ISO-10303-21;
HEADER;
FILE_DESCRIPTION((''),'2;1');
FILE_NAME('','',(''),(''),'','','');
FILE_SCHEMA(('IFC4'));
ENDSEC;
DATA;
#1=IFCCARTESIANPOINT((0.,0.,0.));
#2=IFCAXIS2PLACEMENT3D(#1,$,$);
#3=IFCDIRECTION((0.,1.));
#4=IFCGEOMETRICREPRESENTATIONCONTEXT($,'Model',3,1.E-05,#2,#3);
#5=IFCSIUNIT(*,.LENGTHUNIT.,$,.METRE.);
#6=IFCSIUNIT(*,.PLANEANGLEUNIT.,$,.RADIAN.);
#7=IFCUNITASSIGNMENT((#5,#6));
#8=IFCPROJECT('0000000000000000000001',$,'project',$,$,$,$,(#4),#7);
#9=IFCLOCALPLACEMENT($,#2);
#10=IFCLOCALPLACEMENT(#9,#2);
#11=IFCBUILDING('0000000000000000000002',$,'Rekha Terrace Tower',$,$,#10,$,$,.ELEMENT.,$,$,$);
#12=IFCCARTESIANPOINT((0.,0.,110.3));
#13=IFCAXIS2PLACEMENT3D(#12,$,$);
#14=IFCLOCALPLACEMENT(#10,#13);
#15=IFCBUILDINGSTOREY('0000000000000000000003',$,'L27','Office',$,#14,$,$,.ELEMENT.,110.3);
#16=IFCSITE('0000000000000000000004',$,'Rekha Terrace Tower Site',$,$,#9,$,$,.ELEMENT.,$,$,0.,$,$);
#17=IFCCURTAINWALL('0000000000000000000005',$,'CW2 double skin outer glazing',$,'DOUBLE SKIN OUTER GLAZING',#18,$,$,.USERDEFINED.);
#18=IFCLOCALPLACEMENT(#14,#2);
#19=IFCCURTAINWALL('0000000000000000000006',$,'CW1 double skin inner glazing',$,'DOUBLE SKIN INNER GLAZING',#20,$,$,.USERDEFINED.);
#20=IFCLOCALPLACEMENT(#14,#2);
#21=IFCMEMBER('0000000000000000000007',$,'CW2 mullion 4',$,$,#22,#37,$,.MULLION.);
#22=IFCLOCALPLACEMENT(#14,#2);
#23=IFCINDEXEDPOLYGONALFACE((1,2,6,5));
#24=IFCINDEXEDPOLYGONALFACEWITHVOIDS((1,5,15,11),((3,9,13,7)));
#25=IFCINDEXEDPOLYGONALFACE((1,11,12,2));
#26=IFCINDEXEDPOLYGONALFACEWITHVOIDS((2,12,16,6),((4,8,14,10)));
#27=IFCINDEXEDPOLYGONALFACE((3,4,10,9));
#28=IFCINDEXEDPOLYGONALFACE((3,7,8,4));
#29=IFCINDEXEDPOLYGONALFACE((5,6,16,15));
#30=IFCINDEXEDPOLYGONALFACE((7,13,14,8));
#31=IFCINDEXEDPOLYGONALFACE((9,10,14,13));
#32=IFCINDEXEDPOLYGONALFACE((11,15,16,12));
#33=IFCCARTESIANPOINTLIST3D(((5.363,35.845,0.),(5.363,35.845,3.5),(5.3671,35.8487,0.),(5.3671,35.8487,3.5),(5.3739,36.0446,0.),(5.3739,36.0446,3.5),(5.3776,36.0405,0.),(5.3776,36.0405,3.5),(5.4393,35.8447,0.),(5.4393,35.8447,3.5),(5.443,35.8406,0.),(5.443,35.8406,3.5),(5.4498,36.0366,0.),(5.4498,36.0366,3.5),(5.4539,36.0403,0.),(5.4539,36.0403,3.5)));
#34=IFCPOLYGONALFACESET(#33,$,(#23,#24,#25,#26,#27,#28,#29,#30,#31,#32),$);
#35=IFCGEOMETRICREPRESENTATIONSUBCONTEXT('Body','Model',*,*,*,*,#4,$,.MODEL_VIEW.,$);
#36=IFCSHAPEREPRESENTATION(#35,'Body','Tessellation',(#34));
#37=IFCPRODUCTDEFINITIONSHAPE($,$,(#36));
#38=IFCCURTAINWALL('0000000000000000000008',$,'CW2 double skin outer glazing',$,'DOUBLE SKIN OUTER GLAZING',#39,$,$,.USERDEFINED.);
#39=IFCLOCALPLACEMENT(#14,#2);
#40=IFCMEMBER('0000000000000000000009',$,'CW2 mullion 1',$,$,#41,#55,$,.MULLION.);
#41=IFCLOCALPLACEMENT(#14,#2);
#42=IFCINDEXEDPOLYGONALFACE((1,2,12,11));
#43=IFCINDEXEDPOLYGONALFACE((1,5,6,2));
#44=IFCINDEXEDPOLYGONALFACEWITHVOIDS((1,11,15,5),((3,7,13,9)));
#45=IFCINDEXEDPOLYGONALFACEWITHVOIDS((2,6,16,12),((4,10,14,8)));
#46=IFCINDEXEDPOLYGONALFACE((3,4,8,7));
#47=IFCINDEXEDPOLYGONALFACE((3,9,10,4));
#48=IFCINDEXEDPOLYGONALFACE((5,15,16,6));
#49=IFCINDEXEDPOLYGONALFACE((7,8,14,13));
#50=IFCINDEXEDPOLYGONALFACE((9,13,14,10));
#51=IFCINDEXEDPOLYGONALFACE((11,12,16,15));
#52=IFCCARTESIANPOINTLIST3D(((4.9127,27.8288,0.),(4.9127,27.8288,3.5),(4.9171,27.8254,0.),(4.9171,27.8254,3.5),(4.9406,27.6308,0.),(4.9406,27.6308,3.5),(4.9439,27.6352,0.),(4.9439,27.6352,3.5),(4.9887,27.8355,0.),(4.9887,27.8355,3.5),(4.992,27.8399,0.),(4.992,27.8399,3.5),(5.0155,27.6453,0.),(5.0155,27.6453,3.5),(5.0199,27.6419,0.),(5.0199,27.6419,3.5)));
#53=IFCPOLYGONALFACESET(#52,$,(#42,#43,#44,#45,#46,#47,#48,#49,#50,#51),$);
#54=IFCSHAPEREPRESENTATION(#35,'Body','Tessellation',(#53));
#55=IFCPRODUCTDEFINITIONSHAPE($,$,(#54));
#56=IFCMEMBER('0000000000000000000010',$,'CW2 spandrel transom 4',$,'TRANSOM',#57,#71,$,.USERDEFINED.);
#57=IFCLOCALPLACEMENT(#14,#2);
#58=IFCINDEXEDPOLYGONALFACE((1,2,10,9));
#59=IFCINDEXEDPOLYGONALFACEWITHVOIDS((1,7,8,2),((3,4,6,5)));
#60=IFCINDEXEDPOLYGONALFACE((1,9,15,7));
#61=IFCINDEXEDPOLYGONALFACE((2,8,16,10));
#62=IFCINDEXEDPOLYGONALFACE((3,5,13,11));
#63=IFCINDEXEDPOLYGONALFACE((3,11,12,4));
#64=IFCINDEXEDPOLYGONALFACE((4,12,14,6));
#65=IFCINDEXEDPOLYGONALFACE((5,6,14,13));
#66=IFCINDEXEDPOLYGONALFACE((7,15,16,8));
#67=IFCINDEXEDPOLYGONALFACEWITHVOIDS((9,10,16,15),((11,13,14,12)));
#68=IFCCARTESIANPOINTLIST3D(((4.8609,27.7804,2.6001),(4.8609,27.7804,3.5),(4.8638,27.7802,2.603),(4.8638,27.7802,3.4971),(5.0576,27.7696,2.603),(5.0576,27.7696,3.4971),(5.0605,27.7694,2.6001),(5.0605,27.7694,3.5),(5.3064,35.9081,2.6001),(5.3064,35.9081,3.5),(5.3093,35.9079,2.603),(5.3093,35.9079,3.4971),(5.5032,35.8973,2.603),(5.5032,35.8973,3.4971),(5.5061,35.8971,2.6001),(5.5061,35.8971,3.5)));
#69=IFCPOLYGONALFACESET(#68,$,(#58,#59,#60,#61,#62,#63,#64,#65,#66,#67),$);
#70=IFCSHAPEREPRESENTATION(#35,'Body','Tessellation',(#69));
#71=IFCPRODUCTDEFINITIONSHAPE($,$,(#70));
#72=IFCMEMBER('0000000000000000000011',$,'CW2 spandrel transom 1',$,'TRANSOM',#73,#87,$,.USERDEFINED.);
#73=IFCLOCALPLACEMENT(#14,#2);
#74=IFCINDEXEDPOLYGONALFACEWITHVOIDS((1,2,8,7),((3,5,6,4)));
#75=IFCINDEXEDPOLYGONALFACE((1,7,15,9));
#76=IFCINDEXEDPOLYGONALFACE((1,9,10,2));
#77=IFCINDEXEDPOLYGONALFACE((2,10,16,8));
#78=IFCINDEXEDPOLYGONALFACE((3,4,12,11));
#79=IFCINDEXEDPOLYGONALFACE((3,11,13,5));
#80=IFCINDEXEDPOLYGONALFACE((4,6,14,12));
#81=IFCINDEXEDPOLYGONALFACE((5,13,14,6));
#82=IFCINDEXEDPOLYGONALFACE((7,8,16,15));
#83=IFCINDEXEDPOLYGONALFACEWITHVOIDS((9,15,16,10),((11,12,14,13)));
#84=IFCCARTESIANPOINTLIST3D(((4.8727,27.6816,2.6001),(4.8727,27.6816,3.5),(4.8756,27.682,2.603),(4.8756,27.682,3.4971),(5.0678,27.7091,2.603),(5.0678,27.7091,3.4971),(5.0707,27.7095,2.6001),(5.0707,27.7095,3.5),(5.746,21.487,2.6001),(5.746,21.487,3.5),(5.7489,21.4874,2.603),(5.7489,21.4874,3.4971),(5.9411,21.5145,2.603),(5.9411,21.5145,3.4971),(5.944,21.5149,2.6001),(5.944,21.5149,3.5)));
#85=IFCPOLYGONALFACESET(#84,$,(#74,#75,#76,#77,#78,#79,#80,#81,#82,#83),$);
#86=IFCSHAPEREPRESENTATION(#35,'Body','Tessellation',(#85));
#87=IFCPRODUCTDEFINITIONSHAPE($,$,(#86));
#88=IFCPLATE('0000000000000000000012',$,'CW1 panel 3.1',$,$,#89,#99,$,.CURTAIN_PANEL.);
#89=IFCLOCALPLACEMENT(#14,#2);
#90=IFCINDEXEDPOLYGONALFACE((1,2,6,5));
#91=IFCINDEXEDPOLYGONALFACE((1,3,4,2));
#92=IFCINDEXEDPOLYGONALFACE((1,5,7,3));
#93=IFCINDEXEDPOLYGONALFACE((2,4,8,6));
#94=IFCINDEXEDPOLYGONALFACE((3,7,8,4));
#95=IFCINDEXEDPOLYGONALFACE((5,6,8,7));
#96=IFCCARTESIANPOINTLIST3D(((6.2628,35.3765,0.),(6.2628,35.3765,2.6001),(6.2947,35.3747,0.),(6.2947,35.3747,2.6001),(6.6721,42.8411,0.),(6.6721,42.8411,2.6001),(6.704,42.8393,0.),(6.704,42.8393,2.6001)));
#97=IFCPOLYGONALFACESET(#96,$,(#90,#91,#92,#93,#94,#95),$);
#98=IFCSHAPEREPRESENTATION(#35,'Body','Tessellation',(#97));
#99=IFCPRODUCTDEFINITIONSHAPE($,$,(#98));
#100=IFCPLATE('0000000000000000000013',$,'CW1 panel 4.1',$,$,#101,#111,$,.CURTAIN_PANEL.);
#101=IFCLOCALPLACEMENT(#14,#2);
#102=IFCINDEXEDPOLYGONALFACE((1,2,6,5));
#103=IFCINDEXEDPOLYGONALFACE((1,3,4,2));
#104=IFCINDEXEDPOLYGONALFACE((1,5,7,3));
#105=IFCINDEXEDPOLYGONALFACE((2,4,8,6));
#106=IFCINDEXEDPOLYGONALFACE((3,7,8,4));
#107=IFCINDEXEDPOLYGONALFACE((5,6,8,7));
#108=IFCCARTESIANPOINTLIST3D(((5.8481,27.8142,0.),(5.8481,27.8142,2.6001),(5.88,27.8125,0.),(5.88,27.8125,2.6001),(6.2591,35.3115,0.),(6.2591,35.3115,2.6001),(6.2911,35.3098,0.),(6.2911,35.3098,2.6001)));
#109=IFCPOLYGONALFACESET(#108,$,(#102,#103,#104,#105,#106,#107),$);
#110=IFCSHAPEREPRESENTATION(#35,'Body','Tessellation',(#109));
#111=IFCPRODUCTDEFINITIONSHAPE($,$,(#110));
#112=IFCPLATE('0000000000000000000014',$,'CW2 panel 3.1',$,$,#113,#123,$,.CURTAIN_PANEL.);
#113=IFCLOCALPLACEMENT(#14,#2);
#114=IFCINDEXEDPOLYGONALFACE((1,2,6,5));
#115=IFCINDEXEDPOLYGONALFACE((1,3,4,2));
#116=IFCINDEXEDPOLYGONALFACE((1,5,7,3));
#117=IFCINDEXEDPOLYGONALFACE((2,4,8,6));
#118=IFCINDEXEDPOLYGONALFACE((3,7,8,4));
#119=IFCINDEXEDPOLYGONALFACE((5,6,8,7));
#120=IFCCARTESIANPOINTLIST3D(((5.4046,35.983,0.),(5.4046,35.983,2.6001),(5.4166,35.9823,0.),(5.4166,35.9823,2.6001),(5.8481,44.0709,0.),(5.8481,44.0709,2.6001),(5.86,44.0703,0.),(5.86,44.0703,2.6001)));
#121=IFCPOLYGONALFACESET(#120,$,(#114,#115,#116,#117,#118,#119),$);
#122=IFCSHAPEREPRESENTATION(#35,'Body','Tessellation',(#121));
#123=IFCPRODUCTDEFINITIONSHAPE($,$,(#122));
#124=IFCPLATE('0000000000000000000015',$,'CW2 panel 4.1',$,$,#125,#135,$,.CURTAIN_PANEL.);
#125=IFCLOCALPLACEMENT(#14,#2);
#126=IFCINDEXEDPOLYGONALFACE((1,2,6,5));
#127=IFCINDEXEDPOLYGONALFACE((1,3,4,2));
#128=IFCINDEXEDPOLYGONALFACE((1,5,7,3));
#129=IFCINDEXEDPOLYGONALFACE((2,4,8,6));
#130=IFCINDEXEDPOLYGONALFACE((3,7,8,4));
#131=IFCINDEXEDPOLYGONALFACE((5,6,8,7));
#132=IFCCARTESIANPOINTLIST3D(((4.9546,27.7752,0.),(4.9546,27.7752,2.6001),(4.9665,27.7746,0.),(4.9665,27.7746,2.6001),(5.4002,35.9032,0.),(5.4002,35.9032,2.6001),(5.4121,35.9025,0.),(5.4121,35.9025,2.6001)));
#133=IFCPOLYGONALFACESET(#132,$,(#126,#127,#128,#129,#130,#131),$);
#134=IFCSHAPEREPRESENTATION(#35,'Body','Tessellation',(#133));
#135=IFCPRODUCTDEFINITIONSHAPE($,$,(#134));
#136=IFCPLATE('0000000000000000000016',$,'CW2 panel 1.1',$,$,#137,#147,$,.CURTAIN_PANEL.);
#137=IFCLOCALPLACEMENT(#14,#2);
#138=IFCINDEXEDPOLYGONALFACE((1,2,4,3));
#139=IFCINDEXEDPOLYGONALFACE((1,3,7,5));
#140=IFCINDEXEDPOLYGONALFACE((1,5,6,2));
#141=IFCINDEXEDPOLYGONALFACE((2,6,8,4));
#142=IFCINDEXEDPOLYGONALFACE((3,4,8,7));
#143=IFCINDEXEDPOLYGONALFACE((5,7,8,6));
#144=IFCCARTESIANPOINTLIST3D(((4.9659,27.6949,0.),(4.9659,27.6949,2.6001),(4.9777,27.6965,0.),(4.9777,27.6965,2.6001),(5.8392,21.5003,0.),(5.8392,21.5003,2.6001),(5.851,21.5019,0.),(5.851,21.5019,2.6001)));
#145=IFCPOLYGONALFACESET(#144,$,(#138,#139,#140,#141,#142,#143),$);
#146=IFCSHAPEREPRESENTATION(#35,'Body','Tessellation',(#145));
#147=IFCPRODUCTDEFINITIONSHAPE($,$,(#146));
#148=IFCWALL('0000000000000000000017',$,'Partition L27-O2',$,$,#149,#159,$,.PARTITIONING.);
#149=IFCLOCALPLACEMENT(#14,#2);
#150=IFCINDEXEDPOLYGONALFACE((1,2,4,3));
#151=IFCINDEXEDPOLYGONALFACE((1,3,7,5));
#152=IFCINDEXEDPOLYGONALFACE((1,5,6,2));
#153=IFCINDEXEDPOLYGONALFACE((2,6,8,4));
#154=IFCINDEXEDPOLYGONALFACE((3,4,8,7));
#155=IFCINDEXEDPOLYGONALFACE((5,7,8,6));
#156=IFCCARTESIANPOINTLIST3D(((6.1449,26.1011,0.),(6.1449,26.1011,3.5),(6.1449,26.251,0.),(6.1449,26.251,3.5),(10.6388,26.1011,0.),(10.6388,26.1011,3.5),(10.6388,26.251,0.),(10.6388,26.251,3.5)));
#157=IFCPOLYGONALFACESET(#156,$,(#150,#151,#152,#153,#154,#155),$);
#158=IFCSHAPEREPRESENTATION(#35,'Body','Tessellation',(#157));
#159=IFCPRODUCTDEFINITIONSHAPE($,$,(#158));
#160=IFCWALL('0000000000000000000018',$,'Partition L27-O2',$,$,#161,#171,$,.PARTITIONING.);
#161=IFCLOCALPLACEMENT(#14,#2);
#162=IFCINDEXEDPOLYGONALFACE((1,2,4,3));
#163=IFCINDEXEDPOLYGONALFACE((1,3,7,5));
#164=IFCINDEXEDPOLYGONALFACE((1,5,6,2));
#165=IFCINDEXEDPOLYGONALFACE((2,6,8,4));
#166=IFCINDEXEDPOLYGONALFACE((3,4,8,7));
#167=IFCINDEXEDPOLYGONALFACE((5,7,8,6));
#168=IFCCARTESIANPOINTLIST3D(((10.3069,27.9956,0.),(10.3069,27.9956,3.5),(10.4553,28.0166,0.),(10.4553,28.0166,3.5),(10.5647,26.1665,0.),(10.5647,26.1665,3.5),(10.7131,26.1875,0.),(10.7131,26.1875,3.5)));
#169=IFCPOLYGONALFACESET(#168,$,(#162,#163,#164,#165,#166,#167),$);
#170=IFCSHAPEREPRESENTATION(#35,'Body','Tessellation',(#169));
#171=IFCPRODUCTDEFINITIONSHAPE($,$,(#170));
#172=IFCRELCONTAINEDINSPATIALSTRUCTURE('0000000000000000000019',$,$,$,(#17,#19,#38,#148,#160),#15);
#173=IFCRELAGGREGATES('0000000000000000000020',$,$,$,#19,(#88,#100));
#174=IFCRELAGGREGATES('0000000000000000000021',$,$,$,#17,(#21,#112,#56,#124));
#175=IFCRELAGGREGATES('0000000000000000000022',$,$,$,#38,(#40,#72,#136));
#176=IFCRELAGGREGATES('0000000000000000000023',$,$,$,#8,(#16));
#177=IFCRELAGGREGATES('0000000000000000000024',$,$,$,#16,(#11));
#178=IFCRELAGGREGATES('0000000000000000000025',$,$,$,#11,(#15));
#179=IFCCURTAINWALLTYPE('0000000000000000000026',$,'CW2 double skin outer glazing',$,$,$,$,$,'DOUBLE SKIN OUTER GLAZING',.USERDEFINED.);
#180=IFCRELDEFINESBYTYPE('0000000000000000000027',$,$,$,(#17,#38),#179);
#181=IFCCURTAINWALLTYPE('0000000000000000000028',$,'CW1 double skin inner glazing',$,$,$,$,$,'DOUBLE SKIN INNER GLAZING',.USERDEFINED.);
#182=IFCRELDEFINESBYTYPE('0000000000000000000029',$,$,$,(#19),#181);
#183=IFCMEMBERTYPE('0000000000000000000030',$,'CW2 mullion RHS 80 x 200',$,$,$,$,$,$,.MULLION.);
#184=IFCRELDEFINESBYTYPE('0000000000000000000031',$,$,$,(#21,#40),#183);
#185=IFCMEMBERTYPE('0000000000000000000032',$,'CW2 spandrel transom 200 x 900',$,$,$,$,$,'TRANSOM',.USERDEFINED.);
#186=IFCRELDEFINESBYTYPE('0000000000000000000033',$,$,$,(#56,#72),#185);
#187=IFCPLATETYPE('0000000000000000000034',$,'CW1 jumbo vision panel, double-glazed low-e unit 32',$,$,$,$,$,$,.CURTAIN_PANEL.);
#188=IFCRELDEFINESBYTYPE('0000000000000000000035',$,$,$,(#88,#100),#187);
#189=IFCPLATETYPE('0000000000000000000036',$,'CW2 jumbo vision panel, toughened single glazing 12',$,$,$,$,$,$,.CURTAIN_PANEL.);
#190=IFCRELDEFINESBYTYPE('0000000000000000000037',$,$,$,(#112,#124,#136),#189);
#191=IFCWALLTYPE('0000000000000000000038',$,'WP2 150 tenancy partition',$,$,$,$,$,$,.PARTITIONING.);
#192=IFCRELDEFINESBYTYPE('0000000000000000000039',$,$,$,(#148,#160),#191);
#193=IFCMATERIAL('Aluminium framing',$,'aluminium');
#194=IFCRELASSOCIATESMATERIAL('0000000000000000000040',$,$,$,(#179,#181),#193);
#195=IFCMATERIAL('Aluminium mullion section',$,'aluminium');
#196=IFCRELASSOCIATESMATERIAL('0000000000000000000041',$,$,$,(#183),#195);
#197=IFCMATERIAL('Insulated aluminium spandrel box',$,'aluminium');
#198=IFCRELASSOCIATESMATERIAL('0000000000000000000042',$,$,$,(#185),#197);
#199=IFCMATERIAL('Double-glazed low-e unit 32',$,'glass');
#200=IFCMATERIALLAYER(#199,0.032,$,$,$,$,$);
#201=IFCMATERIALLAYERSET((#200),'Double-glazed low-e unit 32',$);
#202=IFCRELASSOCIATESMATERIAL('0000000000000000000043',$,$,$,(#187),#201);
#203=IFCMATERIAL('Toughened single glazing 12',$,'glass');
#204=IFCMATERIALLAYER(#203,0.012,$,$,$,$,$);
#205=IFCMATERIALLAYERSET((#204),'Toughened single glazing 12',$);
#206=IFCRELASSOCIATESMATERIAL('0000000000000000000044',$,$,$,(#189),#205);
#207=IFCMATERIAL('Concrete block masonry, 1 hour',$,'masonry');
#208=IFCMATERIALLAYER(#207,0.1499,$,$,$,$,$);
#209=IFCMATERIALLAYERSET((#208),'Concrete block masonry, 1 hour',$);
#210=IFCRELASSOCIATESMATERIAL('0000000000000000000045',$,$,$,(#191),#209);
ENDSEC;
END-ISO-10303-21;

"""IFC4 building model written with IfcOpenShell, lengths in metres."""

from ifc_helpers import new_model, si_unit, direction, frame, frame_2d, origin, origin_2d, place, context, subcontext, project, spatial, rectangle, hollow_rectangle, extrude, material, layer, layer_set, material_profile, profile_set, type_object, element, aggregate, save


model = new_model("IFC4")

# Units and contexts
model_context = context("Model", 3, precision=1e-05, world=origin(), true_north=direction((0.0, 1.0)))
body_context = subcontext(model_context, "Body", "Model", "MODEL_VIEW")
ifc_project = project(units=[si_unit("LENGTHUNIT", "METRE"), si_unit("PLANEANGLEUNIT", "RADIAN")], contexts=[model_context])

# Site, building, storey
site_placement = place(None, origin())
site = spatial("IfcSite", under=ifc_project, at=site_placement, Name="Rekha Terrace Tower Site", CompositionType="ELEMENT", RefElevation=0.0)
building_placement = place(site_placement, origin())
building = spatial("IfcBuilding", under=site, at=building_placement, Name="Rekha Terrace Tower", CompositionType="ELEMENT")
storey_placement = place(building_placement, frame((0.0, 0.0, 110.3)))
storey = spatial("IfcBuildingStorey", under=building, at=storey_placement, Name="L27", Description="Office", CompositionType="ELEMENT", Elevation=110.3)

# Curtain walls
ifc_material_1 = material(Name="Aluminium framing", Category="aluminium")
curtain_wall_type_1 = type_object("IfcCurtainWallType", Name="CW2 double skin outer glazing", ElementType="DOUBLE SKIN OUTER GLAZING", PredefinedType="USERDEFINED", material=ifc_material_1)
curtain_wall_1_placement = place(storey_placement, origin())
curtain_wall_1 = element("IfcCurtainWall", 1, at=curtain_wall_1_placement, inside=storey, type_object=curtain_wall_type_1, Name="CW2 double skin outer glazing", ObjectType="DOUBLE SKIN OUTER GLAZING", PredefinedType="USERDEFINED")
curtain_wall_type_2 = type_object("IfcCurtainWallType", Name="CW1 double skin inner glazing", ElementType="DOUBLE SKIN INNER GLAZING", PredefinedType="USERDEFINED", material=ifc_material_1)
curtain_wall_2_placement = place(storey_placement, origin())
curtain_wall_2 = element("IfcCurtainWall", 2, at=curtain_wall_2_placement, inside=storey, type_object=curtain_wall_type_2, Name="CW1 double skin inner glazing", ObjectType="DOUBLE SKIN INNER GLAZING", PredefinedType="USERDEFINED")
ifc_material_2 = material(Name="Aluminium mullion section", Category="aluminium")

# Member
ifc_material_3 = material(Name="Insulated aluminium spandrel box", Category="aluminium")
ifc_material_profile_1 = material_profile(ifc_material_2, hollow_rectangle(XDim=0.0801, YDim=0.2, WallThickness=0.0039, at=origin_2d()), Name="AL RHS 80x200")
ifc_profile_set_1 = profile_set([ifc_material_profile_1], Name="Aluminium mullion section")
member_type_1 = type_object("IfcMemberType", Name="CW2 mullion RHS 80 x 200", PredefinedType="MULLION", material=ifc_profile_set_1)
member_1_placement = place(storey_placement, frame((5.4084, 35.9426, 0.0), z_axis=(0.0, 0.0, 1.0), x_axis=(0.998501, -0.054742, 0.0)))
member_1 = element("IfcMember", 3, at=member_1_placement, type_object=member_type_1, Name="CW2 mullion 4", PredefinedType="MULLION", context=body_context, shape_type="SweptSolid", body=[
    extrude(hollow_rectangle(XDim=0.0801, YDim=0.2, WallThickness=0.0039, at=origin_2d()), origin(), (0.0, 0.0, 1.0), 3.5),
])

# Curtain wall, member
curtain_wall_3_placement = place(storey_placement, origin())
curtain_wall_3 = element("IfcCurtainWall", 4, at=curtain_wall_3_placement, inside=storey, type_object=curtain_wall_type_1, Name="CW2 double skin outer glazing", ObjectType="DOUBLE SKIN OUTER GLAZING", PredefinedType="USERDEFINED")
member_2_placement = place(storey_placement, frame((4.9663, 27.7354, 0.0), z_axis=(0.0, 0.0, 1.0), x_axis=(0.990208, 0.139597, 0.0)))
member_2 = element("IfcMember", 5, at=member_2_placement, type_object=member_type_1, Name="CW2 mullion 1", PredefinedType="MULLION", context=body_context, shape_type="SweptSolid", body=[
    extrude(hollow_rectangle(XDim=0.0801, YDim=0.2, WallThickness=0.0039, at=origin_2d()), origin(), (0.0, 0.0, 1.0), 3.5),
])

# Members
ifc_material_profile_2 = material_profile(ifc_material_3, hollow_rectangle(XDim=0.2, YDim=0.8999, WallThickness=0.0029, at=origin_2d()), Name="AL SPANDREL BOX 200x900")
ifc_profile_set_2 = profile_set([ifc_material_profile_2], Name="Insulated aluminium spandrel box")
member_type_2 = type_object("IfcMemberType", Name="CW2 spandrel transom 200 x 900", ElementType="TRANSOM", PredefinedType="USERDEFINED", material=ifc_profile_set_2)
member_3_placement = place(storey_placement, frame((5.4062, 35.9026, 3.05), z_axis=(-0.054737, -0.998501, 0.0), x_axis=(0.998501, -0.054737, 0.0)))
member_3 = element("IfcMember", 6, at=member_3_placement, type_object=member_type_2, Name="CW2 spandrel transom 4", ObjectType="TRANSOM", PredefinedType="USERDEFINED", context=body_context, shape_type="SweptSolid", body=[
    extrude(hollow_rectangle(XDim=0.2, YDim=0.8999, WallThickness=0.0029, at=origin_2d()), origin(), (0.0, 0.0, 1.0), 8.1399),
])
member_4_placement = place(storey_placement, frame((4.9717, 27.6956, 3.05), z_axis=(0.139596, -0.990209, 0.0), x_axis=(0.990209, 0.139596, 0.0)))
member_4 = element("IfcMember", 7, at=member_4_placement, type_object=member_type_2, Name="CW2 spandrel transom 1", ObjectType="TRANSOM", PredefinedType="USERDEFINED", context=body_context, shape_type="SweptSolid", body=[
    extrude(hollow_rectangle(XDim=0.2, YDim=0.8999, WallThickness=0.0029, at=origin_2d()), origin(), (0.0, 0.0, 1.0), 6.2559),
])

# Plates
ifc_material_4 = material(Name="Double-glazed low-e unit 32", Category="glass")
ifc_layer_1 = layer(ifc_material_4, 0.032)
ifc_layer_set_1 = layer_set([ifc_layer_1], Name="Double-glazed low-e unit 32")
plate_type_1 = type_object("IfcPlateType", Name="CW1 jumbo vision panel, double-glazed low-e unit 32", PredefinedType="CURTAIN_PANEL", material=ifc_layer_set_1)
plate_1_placement = place(storey_placement, frame((6.4834, 39.1079, 0.0), z_axis=(0.0, 0.0, 1.0), x_axis=(-0.054742, -0.998501, 0.0)))
plate_1 = element("IfcPlate", 8, at=plate_1_placement, type_object=plate_type_1, Name="CW1 panel 3.1", PredefinedType="CURTAIN_PANEL", context=body_context, shape_type="SweptSolid", body=[
    extrude(rectangle(XDim=7.4758, YDim=0.032, at=origin_2d()), origin(), (0.0, 0.0, 1.0), 2.6001),
])
plate_2_placement = place(storey_placement, frame((6.0696, 31.562, 0.0), z_axis=(0.0, 0.0, 1.0), x_axis=(-0.054742, -0.998501, 0.0)))
plate_2 = element("IfcPlate", 9, at=plate_2_placement, type_object=plate_type_1, Name="CW1 panel 4.1", PredefinedType="CURTAIN_PANEL", context=body_context, shape_type="SweptSolid", body=[
    extrude(rectangle(XDim=7.5085, YDim=0.032, at=origin_2d()), origin(), (0.0, 0.0, 1.0), 2.6001),
])
aggregate(curtain_wall_2, [plate_1, plate_2])
ifc_material_5 = material(Name="Toughened single glazing 12", Category="glass")
ifc_layer_2 = layer(ifc_material_5, 0.012)
ifc_layer_set_2 = layer_set([ifc_layer_2], Name="Toughened single glazing 12")
plate_type_2 = type_object("IfcPlateType", Name="CW2 jumbo vision panel, toughened single glazing 12", PredefinedType="CURTAIN_PANEL", material=ifc_layer_set_2)
plate_3_placement = place(storey_placement, frame((5.6323, 40.0266, 0.0), z_axis=(0.0, 0.0, 1.0), x_axis=(-0.054742, -0.998501, 0.0)))
plate_3 = element("IfcPlate", 10, at=plate_3_placement, type_object=plate_type_2, Name="CW2 panel 3.1", PredefinedType="CURTAIN_PANEL", context=body_context, shape_type="SweptSolid", body=[
    extrude(rectangle(XDim=8.1001, YDim=0.012, at=origin_2d()), origin(), (0.0, 0.0, 1.0), 2.6001),
])
plate_4_placement = place(storey_placement, frame((5.1833, 31.8389, 0.0), z_axis=(0.0, 0.0, 1.0), x_axis=(-0.054742, -0.998501, 0.0)))
plate_4 = element("IfcPlate", 11, at=plate_4_placement, type_object=plate_type_2, Name="CW2 panel 4.1", PredefinedType="CURTAIN_PANEL", context=body_context, shape_type="SweptSolid", body=[
    extrude(rectangle(XDim=8.1401, YDim=0.012, at=origin_2d()), origin(), (0.0, 0.0, 1.0), 2.6001),
])
aggregate(curtain_wall_1, [member_1, plate_3, member_3, plate_4])
plate_5_placement = place(storey_placement, frame((5.4084, 24.5984, 0.0), z_axis=(0.0, 0.0, 1.0), x_axis=(0.139597, -0.990208, 0.0)))
plate_5 = element("IfcPlate", 12, at=plate_5_placement, type_object=plate_type_2, Name="CW2 panel 1.1", PredefinedType="CURTAIN_PANEL", context=body_context, shape_type="SweptSolid", body=[
    extrude(rectangle(XDim=6.2559, YDim=0.012, at=origin_2d()), origin(), (0.0, 0.0, 1.0), 2.6001),
])
aggregate(curtain_wall_3, [member_2, member_4, plate_5])

# Walls
ifc_material_6 = material(Name="Concrete block masonry, 1 hour", Category="masonry")
ifc_layer_3 = layer(ifc_material_6, 0.1499)
ifc_layer_set_3 = layer_set([ifc_layer_3], Name="Concrete block masonry, 1 hour")
wall_type_1 = type_object("IfcWallType", Name="WP2 150 tenancy partition", PredefinedType="PARTITIONING", material=ifc_layer_set_3)
wall_1_placement = place(storey_placement, frame((10.6389, 26.176, 0.0), z_axis=(0.0, 0.0, 1.0), x_axis=(-1.0, 0.0, 0.0)))
element("IfcWall", 13, at=wall_1_placement, inside=storey, type_object=wall_type_1, Name="Partition L27-O2", PredefinedType="PARTITIONING", context=body_context, shape_type="SweptSolid", body=[
    extrude(rectangle(XDim=4.4939, YDim=0.1499, at=frame_2d((2.2471, 0.0))), origin(), (0.0, 0.0, 1.0), 3.5),
])
wall_2_placement = place(storey_placement, frame((10.6389, 26.177, 0.0), z_axis=(0.0, 0.0, 1.0), x_axis=(-0.139571, 0.990212, 0.0)))
element("IfcWall", 14, at=wall_2_placement, inside=storey, type_object=wall_type_1, Name="Partition L27-O2", PredefinedType="PARTITIONING", context=body_context, shape_type="SweptSolid", body=[
    extrude(rectangle(XDim=1.8472, YDim=0.1499, at=frame_2d((0.9236, 0.0))), origin(), (0.0, 0.0, 1.0), 3.5),
])

save(model, "model.ifc")
